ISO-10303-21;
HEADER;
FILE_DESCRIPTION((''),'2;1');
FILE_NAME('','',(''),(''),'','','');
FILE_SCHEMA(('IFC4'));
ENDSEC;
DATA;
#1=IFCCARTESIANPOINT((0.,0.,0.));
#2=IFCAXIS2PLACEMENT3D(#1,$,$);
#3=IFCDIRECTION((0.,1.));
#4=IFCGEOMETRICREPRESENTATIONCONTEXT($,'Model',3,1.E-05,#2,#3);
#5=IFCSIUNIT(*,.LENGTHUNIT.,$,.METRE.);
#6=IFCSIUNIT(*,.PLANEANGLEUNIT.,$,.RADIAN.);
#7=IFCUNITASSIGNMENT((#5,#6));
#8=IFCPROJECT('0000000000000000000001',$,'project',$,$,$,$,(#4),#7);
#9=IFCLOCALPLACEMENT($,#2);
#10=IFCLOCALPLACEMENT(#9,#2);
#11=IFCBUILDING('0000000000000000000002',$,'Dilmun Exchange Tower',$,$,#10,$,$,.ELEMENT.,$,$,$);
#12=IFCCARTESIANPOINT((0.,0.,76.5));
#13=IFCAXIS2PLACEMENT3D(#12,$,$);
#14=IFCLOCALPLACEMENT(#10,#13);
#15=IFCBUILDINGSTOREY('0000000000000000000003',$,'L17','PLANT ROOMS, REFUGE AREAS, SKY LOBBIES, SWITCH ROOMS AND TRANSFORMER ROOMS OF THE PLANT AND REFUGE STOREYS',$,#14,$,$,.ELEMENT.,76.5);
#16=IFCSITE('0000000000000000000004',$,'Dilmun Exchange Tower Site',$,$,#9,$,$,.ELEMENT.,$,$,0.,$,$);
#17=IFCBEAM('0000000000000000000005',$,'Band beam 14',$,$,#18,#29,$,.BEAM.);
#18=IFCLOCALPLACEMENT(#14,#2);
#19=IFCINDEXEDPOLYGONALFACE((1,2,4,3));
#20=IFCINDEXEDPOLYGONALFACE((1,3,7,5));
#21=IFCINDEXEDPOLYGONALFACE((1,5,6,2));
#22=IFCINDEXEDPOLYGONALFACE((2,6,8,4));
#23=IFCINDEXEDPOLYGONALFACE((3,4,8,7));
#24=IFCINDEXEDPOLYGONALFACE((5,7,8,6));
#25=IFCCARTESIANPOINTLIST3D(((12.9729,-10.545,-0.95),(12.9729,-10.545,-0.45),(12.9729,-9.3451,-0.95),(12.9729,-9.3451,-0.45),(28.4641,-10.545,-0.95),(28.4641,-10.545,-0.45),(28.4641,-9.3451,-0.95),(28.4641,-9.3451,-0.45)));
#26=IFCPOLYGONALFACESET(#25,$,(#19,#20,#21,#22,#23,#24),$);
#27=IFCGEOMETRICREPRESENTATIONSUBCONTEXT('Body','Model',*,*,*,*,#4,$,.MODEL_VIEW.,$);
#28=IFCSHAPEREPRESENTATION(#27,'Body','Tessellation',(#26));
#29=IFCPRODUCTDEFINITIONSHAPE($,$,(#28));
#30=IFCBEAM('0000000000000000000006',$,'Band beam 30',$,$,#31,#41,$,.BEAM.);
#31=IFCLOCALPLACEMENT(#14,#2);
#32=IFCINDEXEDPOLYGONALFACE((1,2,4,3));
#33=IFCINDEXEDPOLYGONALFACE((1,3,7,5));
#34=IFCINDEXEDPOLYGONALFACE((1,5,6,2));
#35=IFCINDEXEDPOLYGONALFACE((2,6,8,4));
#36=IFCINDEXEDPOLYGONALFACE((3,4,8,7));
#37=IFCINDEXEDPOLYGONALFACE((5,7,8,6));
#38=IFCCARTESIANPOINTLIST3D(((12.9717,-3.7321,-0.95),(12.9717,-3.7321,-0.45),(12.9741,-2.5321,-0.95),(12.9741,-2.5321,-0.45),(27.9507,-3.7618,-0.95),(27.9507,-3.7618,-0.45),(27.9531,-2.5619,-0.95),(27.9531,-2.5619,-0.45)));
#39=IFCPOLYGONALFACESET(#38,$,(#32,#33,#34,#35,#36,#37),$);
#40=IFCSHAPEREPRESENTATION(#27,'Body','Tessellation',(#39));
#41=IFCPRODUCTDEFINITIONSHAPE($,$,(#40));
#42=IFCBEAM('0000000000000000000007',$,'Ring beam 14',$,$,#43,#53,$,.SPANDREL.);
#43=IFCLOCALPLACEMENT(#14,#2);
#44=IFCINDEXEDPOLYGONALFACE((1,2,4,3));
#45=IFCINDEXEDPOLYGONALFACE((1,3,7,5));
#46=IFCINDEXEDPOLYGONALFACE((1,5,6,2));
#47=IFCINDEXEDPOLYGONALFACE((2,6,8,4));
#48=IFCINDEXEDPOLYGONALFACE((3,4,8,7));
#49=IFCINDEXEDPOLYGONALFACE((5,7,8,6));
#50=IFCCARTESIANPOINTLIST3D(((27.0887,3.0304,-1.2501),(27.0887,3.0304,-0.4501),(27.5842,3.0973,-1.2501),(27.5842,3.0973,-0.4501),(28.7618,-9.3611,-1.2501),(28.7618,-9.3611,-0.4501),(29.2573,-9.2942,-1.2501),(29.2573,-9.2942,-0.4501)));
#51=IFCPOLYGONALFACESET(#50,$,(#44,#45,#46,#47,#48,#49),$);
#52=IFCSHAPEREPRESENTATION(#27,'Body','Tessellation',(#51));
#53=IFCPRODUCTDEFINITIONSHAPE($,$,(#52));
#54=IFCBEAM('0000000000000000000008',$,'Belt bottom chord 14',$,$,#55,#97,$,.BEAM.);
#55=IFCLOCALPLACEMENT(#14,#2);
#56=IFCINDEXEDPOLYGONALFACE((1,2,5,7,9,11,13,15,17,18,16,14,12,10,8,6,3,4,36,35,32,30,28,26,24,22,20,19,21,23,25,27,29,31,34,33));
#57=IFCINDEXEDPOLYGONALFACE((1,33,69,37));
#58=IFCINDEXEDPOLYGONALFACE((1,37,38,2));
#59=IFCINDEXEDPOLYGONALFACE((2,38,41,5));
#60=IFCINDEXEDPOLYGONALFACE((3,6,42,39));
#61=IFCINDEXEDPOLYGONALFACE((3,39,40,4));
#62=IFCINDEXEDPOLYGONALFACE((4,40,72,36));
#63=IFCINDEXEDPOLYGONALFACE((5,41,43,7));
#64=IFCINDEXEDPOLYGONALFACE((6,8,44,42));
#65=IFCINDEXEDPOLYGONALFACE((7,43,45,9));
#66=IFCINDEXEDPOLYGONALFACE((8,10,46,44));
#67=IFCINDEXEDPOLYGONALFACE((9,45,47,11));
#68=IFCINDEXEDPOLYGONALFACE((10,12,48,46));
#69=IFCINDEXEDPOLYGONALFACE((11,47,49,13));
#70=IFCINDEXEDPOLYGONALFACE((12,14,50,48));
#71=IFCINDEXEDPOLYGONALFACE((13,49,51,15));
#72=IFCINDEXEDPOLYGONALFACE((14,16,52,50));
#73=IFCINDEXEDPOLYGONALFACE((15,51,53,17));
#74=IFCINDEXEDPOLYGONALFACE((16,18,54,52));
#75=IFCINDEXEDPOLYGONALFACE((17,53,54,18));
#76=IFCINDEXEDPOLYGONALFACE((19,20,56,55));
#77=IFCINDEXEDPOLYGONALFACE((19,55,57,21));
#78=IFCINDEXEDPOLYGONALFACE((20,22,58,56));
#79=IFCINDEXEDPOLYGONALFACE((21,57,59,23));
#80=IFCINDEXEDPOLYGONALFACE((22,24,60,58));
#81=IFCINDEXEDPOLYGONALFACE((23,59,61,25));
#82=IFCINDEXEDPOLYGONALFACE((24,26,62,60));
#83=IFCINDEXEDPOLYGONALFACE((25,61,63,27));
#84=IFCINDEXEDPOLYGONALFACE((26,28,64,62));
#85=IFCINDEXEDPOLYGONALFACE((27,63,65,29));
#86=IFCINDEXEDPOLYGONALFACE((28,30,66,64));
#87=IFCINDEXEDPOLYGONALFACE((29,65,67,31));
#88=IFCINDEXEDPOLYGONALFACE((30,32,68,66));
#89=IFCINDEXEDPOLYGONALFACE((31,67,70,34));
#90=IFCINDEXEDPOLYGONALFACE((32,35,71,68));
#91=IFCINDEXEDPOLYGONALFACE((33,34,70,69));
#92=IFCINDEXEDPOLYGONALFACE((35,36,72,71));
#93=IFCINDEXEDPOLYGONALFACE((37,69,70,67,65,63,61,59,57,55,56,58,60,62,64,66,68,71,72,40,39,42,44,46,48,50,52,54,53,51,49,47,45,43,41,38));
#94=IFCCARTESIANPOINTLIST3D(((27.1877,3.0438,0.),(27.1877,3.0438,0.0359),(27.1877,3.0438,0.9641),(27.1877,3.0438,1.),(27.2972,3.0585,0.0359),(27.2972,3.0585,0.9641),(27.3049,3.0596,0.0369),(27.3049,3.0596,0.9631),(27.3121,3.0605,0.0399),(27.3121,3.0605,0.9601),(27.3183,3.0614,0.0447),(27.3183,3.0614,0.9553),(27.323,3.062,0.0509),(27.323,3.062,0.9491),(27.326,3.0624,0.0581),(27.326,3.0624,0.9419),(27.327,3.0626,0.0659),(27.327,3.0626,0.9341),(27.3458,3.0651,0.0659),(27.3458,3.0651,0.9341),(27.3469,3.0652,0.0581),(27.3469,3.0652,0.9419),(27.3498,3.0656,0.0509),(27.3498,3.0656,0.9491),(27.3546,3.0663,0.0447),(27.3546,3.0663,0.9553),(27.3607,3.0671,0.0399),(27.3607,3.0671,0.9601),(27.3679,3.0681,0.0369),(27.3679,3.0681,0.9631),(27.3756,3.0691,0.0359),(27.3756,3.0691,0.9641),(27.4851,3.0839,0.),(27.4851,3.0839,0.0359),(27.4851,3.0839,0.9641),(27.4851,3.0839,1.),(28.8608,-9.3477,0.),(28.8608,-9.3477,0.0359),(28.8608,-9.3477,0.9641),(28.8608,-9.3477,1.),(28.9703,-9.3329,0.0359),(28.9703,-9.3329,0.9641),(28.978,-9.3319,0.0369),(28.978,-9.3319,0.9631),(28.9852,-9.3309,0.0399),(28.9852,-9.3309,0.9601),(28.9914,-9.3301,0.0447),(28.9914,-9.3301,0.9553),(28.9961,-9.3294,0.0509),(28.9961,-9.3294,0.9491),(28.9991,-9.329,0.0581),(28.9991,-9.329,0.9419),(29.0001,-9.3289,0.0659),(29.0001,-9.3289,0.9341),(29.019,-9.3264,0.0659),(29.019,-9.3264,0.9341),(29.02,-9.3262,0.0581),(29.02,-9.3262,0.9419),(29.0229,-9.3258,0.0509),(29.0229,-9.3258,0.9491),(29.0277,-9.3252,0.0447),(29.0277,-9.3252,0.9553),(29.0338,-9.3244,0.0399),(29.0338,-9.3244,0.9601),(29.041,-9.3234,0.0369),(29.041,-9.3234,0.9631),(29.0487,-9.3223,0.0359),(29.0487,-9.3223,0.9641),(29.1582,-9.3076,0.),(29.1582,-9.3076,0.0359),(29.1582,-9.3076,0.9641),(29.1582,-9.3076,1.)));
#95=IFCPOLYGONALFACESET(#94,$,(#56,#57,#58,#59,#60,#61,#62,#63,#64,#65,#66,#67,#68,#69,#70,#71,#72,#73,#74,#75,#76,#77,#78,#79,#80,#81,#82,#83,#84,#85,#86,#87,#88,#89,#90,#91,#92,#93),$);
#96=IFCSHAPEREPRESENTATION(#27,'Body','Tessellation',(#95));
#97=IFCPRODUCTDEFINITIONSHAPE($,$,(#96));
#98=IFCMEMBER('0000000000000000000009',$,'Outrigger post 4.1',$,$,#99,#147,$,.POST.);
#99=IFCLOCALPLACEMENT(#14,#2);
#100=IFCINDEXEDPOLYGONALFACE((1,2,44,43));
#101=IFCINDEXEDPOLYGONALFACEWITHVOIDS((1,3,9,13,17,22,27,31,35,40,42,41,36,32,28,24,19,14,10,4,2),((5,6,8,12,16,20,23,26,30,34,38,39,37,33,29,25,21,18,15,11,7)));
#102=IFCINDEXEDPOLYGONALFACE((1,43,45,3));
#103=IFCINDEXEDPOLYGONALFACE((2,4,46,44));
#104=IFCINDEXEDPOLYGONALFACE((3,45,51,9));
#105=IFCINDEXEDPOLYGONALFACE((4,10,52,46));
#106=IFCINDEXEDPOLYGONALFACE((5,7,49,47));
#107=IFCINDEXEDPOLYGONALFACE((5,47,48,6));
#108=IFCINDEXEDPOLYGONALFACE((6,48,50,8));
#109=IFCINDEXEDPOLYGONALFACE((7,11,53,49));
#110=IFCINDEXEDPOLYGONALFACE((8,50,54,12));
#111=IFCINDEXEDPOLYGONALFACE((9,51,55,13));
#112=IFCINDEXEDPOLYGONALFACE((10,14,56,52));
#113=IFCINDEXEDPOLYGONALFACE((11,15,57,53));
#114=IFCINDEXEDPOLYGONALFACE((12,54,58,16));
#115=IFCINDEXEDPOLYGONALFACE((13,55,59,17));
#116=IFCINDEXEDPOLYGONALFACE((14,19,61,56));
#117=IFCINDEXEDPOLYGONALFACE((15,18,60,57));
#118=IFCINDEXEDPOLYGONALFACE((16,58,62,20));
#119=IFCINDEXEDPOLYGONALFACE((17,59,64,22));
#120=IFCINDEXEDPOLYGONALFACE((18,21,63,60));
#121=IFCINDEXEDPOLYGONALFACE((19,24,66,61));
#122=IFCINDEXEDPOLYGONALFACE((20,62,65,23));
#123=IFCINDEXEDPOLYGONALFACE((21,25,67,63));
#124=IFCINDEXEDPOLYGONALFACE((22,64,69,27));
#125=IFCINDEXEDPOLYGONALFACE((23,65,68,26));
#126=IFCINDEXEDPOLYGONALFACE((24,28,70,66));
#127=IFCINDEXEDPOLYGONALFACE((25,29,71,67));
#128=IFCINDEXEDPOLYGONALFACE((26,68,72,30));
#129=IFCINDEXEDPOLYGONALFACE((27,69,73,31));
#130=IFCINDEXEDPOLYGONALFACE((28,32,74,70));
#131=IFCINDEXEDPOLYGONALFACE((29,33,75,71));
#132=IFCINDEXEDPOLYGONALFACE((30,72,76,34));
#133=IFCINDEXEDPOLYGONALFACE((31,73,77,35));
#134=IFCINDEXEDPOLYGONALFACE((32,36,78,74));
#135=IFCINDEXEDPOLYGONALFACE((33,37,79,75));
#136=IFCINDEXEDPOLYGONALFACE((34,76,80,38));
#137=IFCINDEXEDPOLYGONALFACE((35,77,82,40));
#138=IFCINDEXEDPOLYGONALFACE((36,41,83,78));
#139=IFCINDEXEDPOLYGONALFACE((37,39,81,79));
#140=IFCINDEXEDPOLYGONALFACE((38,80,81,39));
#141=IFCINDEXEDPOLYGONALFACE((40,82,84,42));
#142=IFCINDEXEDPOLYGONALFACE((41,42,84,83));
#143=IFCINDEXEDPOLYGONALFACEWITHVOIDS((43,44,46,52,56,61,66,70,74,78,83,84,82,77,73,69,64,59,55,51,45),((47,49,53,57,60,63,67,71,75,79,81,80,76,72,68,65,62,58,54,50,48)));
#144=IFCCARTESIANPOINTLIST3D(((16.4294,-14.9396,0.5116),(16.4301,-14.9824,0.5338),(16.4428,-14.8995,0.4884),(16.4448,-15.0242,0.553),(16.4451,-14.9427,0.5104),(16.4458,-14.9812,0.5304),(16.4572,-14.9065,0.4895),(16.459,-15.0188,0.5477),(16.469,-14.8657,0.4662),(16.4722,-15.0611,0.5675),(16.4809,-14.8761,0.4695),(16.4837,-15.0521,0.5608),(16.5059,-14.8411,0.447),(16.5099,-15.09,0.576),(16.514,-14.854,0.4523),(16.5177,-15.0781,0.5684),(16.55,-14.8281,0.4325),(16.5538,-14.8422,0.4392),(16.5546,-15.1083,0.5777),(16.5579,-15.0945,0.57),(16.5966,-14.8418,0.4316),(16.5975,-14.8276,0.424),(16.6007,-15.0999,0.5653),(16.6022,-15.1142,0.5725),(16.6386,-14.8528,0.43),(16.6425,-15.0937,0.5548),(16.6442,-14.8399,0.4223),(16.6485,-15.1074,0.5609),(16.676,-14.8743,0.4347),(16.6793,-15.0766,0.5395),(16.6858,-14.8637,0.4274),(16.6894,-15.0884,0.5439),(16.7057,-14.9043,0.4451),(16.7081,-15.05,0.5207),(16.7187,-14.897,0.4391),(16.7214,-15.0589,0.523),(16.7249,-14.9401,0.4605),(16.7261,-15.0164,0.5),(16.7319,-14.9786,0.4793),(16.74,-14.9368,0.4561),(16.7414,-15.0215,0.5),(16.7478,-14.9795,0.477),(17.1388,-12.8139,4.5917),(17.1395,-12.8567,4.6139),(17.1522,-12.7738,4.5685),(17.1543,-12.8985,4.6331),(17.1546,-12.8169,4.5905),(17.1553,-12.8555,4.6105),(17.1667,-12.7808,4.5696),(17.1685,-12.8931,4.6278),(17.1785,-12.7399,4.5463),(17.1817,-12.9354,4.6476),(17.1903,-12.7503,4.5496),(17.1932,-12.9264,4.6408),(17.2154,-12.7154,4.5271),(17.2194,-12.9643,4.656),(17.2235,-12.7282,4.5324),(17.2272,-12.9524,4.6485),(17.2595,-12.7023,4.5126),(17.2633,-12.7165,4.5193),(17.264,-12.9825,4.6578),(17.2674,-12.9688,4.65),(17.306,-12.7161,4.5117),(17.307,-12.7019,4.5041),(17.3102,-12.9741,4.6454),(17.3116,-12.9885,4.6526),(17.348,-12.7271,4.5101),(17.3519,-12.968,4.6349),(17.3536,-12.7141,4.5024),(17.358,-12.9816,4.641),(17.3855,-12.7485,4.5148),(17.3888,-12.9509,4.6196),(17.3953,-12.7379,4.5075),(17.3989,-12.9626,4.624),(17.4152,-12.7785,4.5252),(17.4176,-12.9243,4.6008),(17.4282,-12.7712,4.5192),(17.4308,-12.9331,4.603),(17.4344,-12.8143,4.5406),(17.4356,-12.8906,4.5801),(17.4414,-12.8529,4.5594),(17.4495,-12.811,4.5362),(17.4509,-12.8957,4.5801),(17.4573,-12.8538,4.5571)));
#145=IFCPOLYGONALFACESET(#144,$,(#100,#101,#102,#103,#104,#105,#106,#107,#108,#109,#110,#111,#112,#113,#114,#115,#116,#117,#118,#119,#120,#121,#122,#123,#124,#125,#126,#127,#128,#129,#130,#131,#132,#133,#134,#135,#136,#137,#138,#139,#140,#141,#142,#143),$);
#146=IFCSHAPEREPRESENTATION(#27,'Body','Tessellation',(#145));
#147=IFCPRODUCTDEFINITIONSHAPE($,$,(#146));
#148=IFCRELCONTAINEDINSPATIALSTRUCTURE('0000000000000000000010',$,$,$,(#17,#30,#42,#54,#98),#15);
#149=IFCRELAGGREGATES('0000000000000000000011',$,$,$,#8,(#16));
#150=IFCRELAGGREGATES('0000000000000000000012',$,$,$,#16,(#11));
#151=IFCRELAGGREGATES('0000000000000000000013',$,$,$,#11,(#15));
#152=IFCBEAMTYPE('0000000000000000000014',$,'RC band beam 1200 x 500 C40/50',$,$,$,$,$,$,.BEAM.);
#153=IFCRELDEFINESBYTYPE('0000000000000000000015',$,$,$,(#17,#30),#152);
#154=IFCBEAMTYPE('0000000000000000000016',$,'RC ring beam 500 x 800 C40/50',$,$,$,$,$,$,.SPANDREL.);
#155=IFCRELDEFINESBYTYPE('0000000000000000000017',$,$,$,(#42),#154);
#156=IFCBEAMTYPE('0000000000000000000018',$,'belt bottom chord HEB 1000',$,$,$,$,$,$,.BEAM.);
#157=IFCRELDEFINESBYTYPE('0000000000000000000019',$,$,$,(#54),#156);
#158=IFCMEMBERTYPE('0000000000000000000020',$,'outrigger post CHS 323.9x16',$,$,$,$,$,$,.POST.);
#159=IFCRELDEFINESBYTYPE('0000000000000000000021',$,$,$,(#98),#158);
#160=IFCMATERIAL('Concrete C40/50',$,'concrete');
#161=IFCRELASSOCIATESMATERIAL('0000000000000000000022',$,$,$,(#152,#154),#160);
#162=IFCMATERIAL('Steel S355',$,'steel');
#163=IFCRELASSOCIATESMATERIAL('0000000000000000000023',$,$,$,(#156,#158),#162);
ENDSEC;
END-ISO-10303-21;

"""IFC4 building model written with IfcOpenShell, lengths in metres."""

from ifc_helpers import new_model, si_unit, direction, frame, origin, origin_2d, place, context, subcontext, project, spatial, rectangle, hollow_circle, i_section, extrude, material, material_profile, profile_set, type_object, element, save


model = new_model("IFC4")

# Units and contexts
model_context = context("Model", 3, precision=1e-05, world=origin(), true_north=direction((0.0, 1.0)))
body_context = subcontext(model_context, "Body", "Model", "MODEL_VIEW")
ifc_project = project(units=[si_unit("LENGTHUNIT", "METRE"), si_unit("PLANEANGLEUNIT", "RADIAN")], contexts=[model_context])

# Site, building, storey
site_placement = place(None, origin())
site = spatial("IfcSite", under=ifc_project, at=site_placement, Name="Dilmun Exchange Tower Site", CompositionType="ELEMENT", RefElevation=0.0)
building_placement = place(site_placement, origin())
building = spatial("IfcBuilding", under=site, at=building_placement, Name="Dilmun Exchange Tower", CompositionType="ELEMENT")
storey_placement = place(building_placement, frame((0.0, 0.0, 76.5)))
storey = spatial("IfcBuildingStorey", under=building, at=storey_placement, Name="L17", Description="PLANT ROOMS, REFUGE AREAS, SKY LOBBIES, SWITCH ROOMS AND TRANSFORMER ROOMS OF THE PLANT AND REFUGE STOREYS", CompositionType="ELEMENT", Elevation=76.5)

# Beams
ifc_material_1 = material(Name="Concrete C40/50", Category="concrete")
ifc_material_profile_1 = material_profile(ifc_material_1, rectangle(XDim=1.2, YDim=0.5, at=origin_2d()), Name="1200 x 500")
ifc_profile_set_1 = profile_set([ifc_material_profile_1], Name="Concrete C40/50")
beam_type_1 = type_object("IfcBeamType", Name="RC band beam 1200 x 500 C40/50", PredefinedType="BEAM", material=ifc_profile_set_1)
beam_1_placement = place(storey_placement, frame((28.4641, -9.9451, -0.7), z_axis=(-1.0, 0.0, 0.0), x_axis=(0.0, -1.0, 0.0)))
element("IfcBeam", 1, at=beam_1_placement, inside=storey, type_object=beam_type_1, Name="Band beam 14", PredefinedType="BEAM", context=body_context, shape_type="SweptSolid", body=[
    extrude(rectangle(XDim=1.2, YDim=0.5, at=origin_2d()), origin(), (0.0, 0.0, 1.0), 15.4912),
])
beam_2_placement = place(storey_placement, frame((27.9519, -3.1619, -0.7), z_axis=(-0.999998, 0.001988, 0.0), x_axis=(-0.001988, -0.999998, 0.0)))
element("IfcBeam", 2, at=beam_2_placement, inside=storey, type_object=beam_type_1, Name="Band beam 30", PredefinedType="BEAM", context=body_context, shape_type="SweptSolid", body=[
    extrude(rectangle(XDim=1.2, YDim=0.5, at=origin_2d()), origin(), (0.0, 0.0, 1.0), 14.979),
])
ifc_material_profile_2 = material_profile(ifc_material_1, rectangle(XDim=0.5, YDim=0.8, at=origin_2d()), Name="500 x 800")
ifc_profile_set_2 = profile_set([ifc_material_profile_2], Name="Concrete C40/50")
beam_type_2 = type_object("IfcBeamType", Name="RC ring beam 500 x 800 C40/50", PredefinedType="SPANDREL", material=ifc_profile_set_2)
beam_3_placement = place(storey_placement, frame((29.0095, -9.3276, -0.8501), z_axis=(-0.133807, 0.991007, 0.0), x_axis=(-0.991007, -0.133807, 0.0)))
element("IfcBeam", 3, at=beam_3_placement, inside=storey, type_object=beam_type_2, Name="Ring beam 14", PredefinedType="SPANDREL", context=body_context, shape_type="SweptSolid", body=[
    extrude(rectangle(XDim=0.5, YDim=0.8, at=origin_2d()), origin(), (0.0, 0.0, 1.0), 12.5039),
])
ifc_material_2 = material(Name="Steel S355", Category="steel")
ifc_material_profile_3 = material_profile(ifc_material_2, i_section(OverallWidth=0.3, OverallDepth=1.0, WebThickness=0.019, FlangeThickness=0.0359, FilletRadius=0.03, at=origin_2d()), Name="HEB 1000")
ifc_profile_set_3 = profile_set([ifc_material_profile_3], Name="Steel S355")
beam_type_3 = type_object("IfcBeamType", Name="belt bottom chord HEB 1000", PredefinedType="BEAM", material=ifc_profile_set_3)
beam_4_placement = place(storey_placement, frame((29.0095, -9.3276, 0.5), z_axis=(-0.133807, 0.991007, 0.0), x_axis=(-0.991007, -0.133807, 0.0)))
element("IfcBeam", 4, at=beam_4_placement, inside=storey, type_object=beam_type_3, Name="Belt bottom chord 14", PredefinedType="BEAM", context=body_context, shape_type="SweptSolid", body=[
    extrude(i_section(OverallWidth=0.3, OverallDepth=1.0, WebThickness=0.019, FlangeThickness=0.0359, FilletRadius=0.03, at=origin_2d()), origin(), (0.0, 0.0, 1.0), 12.5039),
])

# Member
ifc_material_profile_4 = material_profile(ifc_material_2, hollow_circle(Radius=0.1619, WallThickness=0.0161, at=origin_2d()), Name="CHS 323.9x16")
ifc_profile_set_4 = profile_set([ifc_material_profile_4], Name="Steel S355")
member_type_1 = type_object("IfcMemberType", Name="outrigger post CHS 323.9x16", PredefinedType="POST", material=ifc_profile_set_4)
member_1_placement = place(storey_placement, frame((17.2974, -12.8445, 4.5801), z_axis=(-0.152411, -0.456655, -0.876492), x_axis=(0.948563, -0.316587, 0.0)))
element("IfcMember", 5, at=member_1_placement, inside=storey, type_object=member_type_1, Name="Outrigger post 4.1", PredefinedType="POST", context=body_context, shape_type="SweptSolid", body=[
    extrude(hollow_circle(Radius=0.1619, WallThickness=0.0161, at=origin_2d()), origin(), (0.0, 0.0, 1.0), 4.655),
])

save(model, "model.ifc")
